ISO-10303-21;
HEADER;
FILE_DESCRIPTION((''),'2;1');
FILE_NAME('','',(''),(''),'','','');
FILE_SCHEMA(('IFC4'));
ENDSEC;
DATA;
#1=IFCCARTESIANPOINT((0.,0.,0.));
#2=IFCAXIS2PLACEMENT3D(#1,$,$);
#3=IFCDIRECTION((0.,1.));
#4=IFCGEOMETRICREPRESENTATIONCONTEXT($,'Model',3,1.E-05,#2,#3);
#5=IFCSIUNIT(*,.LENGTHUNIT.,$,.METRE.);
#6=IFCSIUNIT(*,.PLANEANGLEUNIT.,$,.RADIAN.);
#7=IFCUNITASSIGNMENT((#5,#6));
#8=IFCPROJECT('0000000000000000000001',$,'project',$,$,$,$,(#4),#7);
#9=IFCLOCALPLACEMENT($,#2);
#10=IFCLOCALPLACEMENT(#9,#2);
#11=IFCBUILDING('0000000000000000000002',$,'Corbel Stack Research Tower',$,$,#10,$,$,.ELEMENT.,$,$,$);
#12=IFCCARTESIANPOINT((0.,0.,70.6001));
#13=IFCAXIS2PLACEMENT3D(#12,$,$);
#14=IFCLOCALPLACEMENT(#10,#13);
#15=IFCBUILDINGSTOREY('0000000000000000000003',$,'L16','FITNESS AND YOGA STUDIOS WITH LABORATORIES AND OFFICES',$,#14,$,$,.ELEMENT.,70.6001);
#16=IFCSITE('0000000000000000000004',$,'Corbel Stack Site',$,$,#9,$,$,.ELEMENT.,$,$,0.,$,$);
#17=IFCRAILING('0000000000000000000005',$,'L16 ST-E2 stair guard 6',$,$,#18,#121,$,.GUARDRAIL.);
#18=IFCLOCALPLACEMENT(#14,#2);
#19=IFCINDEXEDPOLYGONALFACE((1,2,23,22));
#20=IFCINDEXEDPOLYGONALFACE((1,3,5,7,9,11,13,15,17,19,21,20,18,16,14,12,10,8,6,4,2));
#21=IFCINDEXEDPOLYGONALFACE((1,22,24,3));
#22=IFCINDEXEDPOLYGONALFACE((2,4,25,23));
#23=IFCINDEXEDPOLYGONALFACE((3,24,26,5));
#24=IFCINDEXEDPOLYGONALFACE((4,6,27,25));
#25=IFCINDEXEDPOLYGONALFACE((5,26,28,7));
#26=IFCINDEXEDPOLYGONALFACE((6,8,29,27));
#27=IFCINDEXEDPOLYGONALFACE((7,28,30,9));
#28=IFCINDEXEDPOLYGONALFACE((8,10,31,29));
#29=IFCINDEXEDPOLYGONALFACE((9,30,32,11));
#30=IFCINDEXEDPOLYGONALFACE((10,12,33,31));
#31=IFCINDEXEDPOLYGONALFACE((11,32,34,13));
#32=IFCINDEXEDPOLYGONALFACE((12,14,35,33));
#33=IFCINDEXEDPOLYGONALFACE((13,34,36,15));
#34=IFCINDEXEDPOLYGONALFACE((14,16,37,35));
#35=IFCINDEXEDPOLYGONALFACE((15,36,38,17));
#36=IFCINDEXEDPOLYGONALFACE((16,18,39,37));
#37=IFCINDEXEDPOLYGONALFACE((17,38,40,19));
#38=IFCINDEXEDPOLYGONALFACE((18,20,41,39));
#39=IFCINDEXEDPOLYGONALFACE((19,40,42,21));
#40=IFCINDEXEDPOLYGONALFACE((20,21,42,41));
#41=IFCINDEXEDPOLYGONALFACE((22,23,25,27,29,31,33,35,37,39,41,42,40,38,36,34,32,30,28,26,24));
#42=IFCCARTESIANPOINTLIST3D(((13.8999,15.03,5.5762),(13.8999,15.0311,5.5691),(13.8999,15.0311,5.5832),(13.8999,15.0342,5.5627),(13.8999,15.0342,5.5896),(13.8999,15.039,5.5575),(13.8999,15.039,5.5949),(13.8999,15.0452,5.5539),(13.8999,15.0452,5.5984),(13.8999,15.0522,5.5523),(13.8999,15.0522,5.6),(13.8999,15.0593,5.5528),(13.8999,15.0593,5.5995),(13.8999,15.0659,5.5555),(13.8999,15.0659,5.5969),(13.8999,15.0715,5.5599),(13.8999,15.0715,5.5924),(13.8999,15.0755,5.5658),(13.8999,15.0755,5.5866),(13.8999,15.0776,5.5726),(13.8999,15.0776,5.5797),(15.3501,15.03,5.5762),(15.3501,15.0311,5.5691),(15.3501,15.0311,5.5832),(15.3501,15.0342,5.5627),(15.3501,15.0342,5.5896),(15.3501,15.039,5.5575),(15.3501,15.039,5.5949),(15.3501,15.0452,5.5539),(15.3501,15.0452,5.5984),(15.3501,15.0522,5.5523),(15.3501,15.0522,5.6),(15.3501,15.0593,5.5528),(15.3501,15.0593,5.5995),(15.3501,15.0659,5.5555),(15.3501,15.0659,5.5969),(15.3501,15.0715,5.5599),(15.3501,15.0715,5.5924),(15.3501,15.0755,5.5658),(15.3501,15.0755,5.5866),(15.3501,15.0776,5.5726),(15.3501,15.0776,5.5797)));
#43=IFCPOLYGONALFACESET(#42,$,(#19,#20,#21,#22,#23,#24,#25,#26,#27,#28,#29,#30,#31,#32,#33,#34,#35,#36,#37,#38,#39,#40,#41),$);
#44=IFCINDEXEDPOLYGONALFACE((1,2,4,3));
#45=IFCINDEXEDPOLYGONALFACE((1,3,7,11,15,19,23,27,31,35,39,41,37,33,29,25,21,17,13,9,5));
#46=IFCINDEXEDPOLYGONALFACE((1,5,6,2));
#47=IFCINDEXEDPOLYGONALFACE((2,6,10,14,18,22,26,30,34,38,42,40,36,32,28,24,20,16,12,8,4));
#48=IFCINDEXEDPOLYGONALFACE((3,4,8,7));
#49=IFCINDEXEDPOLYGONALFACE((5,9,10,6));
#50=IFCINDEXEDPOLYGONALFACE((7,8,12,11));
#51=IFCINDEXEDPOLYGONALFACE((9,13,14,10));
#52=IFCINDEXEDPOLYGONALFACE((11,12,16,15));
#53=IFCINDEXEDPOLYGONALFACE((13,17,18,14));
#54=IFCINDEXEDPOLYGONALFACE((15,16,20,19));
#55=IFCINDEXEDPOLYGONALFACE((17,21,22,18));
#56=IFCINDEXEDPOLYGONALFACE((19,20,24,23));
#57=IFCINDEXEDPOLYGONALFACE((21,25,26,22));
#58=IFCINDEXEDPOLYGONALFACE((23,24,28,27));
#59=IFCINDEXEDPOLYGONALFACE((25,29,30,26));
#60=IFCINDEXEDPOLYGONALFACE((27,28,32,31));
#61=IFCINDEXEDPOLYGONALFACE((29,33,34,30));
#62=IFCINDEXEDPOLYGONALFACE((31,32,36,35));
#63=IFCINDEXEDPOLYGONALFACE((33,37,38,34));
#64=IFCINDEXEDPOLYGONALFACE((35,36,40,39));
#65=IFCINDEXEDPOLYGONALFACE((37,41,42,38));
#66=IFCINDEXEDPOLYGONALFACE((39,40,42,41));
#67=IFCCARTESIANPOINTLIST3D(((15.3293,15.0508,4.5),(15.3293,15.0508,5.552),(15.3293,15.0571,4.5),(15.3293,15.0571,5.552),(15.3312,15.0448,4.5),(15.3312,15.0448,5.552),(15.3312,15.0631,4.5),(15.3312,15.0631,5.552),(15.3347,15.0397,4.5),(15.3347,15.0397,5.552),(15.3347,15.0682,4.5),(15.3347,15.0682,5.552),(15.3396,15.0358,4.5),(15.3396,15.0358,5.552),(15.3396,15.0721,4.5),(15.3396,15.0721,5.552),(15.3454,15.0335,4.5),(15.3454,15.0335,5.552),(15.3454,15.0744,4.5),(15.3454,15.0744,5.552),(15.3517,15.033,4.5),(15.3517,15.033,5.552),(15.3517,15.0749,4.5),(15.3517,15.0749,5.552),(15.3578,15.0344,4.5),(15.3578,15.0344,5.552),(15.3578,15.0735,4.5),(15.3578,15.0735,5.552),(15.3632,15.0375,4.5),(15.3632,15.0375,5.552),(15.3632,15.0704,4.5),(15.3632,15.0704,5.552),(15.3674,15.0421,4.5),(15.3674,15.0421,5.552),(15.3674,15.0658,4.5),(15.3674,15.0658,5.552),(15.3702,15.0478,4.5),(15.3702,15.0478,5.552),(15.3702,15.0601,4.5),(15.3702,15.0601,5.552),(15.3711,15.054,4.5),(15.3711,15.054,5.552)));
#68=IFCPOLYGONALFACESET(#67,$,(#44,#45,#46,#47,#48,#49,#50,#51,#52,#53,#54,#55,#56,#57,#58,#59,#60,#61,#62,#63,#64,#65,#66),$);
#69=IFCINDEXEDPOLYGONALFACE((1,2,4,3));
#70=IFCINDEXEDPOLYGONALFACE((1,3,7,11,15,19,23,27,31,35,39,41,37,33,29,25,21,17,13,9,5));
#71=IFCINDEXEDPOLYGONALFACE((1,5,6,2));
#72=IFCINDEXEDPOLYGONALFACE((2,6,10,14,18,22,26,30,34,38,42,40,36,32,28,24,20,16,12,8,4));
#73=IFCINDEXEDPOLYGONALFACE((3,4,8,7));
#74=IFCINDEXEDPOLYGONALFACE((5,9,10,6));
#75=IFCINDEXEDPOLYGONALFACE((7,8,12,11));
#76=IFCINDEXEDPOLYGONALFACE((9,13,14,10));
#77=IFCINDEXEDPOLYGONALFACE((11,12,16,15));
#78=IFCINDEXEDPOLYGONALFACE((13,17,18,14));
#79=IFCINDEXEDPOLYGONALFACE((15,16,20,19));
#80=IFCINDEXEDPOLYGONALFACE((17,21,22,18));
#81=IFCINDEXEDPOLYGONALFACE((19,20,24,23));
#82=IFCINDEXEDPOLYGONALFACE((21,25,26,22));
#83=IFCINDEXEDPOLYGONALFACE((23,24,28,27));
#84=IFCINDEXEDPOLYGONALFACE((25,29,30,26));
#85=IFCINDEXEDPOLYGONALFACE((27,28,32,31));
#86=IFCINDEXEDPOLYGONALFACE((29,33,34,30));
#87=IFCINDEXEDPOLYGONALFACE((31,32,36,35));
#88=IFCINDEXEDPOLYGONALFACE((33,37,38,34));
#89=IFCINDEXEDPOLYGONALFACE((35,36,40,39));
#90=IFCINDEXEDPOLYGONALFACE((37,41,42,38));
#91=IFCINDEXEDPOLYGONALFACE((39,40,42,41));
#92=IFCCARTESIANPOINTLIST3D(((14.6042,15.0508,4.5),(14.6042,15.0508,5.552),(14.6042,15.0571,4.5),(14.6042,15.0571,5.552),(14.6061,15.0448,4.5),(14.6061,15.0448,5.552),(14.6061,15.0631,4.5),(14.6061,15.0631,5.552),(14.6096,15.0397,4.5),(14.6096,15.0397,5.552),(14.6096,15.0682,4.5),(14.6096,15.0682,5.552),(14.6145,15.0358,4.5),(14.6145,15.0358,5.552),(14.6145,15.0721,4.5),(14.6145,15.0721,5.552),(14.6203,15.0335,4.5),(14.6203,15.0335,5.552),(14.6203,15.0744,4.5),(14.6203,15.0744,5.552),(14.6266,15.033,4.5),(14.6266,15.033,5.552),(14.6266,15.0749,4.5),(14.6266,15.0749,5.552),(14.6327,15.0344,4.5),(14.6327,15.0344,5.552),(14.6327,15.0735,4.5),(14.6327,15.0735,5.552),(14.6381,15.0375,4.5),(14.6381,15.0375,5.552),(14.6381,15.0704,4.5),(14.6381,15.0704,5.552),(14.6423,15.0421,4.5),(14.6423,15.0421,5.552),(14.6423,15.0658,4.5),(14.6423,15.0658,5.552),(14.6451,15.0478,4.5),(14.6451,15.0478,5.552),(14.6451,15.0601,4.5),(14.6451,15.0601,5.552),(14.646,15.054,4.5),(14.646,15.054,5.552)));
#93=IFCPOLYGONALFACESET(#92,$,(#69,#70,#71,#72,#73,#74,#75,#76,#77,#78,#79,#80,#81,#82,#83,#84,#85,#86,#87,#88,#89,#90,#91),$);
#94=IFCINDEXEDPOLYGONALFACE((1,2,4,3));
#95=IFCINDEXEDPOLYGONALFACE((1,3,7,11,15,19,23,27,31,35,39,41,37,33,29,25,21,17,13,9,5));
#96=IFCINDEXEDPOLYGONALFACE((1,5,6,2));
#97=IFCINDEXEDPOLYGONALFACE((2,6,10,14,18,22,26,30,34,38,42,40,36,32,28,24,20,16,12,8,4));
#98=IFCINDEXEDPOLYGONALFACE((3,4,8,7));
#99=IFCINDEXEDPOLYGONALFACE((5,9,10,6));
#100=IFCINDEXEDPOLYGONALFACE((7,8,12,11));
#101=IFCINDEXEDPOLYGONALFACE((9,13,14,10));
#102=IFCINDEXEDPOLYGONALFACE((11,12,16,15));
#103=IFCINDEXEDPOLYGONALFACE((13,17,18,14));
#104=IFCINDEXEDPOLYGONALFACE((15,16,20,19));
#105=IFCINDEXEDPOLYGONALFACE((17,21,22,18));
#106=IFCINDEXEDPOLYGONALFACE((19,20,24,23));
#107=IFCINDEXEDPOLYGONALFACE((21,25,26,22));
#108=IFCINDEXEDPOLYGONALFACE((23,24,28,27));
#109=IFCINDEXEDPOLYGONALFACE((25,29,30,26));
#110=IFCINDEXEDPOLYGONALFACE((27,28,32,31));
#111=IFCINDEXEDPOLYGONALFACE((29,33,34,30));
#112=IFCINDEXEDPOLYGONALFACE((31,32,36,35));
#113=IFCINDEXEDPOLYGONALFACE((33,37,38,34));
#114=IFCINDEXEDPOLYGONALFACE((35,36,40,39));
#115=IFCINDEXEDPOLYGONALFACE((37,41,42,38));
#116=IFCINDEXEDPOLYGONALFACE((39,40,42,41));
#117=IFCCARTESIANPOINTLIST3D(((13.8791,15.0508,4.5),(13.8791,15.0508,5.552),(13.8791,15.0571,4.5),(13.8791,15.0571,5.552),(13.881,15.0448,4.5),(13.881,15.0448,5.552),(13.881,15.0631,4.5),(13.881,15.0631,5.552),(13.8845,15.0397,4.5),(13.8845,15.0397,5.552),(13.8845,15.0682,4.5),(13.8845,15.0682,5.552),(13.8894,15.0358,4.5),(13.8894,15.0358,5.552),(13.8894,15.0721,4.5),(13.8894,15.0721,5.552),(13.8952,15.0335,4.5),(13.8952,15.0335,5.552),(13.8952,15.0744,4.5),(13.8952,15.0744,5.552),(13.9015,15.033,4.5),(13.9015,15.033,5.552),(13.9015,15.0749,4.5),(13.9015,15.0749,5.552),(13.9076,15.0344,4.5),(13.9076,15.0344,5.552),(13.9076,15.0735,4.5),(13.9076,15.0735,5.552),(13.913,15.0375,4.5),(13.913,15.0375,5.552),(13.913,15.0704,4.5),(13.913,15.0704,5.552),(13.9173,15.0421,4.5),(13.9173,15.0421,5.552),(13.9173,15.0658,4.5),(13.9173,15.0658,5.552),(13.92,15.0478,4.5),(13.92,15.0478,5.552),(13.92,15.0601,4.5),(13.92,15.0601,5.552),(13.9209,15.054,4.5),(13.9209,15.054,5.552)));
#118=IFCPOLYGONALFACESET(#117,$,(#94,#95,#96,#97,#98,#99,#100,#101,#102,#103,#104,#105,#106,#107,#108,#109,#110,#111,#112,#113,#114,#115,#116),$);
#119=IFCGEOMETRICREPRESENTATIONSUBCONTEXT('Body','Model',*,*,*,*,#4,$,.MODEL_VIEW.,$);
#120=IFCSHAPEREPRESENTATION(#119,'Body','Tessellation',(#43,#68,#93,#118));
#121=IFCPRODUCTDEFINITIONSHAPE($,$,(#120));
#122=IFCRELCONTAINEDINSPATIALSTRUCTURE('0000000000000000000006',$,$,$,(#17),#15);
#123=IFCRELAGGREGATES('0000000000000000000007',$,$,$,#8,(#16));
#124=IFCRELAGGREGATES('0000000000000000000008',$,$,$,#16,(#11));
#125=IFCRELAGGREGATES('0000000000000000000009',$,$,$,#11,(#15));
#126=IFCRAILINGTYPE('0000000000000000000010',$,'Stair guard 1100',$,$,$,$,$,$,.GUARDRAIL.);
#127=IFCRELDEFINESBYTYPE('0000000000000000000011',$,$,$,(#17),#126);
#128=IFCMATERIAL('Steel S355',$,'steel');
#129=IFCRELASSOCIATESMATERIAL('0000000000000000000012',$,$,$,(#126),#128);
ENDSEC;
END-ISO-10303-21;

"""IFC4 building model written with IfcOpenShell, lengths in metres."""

from ifc_helpers import new_model, si_unit, direction, frame, origin, origin_2d, place, context, subcontext, project, spatial, circle, extrude, material, type_object, element, save


model = new_model("IFC4")

# Units and contexts
model_context = context("Model", 3, precision=1e-05, world=origin(), true_north=direction((0.0, 1.0)))
body_context = subcontext(model_context, "Body", "Model", "MODEL_VIEW")
ifc_project = project(units=[si_unit("LENGTHUNIT", "METRE"), si_unit("PLANEANGLEUNIT", "RADIAN")], contexts=[model_context])

# Site, building, storey
site_placement = place(None, origin())
site = spatial("IfcSite", under=ifc_project, at=site_placement, Name="Corbel Stack Site", CompositionType="ELEMENT", RefElevation=0.0)
building_placement = place(site_placement, origin())
building = spatial("IfcBuilding", under=site, at=building_placement, Name="Corbel Stack Research Tower", CompositionType="ELEMENT")
storey_placement = place(building_placement, frame((0.0, 0.0, 70.6001)))
storey = spatial("IfcBuildingStorey", under=building, at=storey_placement, Name="L16", Description="FITNESS AND YOGA STUDIOS WITH LABORATORIES AND OFFICES", CompositionType="ELEMENT", Elevation=70.6001)

# Railing
ifc_material_1 = material(Name="Steel S355", Category="steel")
railing_type_1 = type_object("IfcRailingType", Name="Stair guard 1100", PredefinedType="GUARDRAIL", material=ifc_material_1)
railing_1_placement = place(storey_placement, frame((15.3501, 15.054, 4.5)))
element("IfcRailing", 1, at=railing_1_placement, inside=storey, type_object=railing_type_1, Name="L16 ST-E2 stair guard 6", PredefinedType="GUARDRAIL", context=body_context, shape_type="SweptSolid", body=[
    extrude(circle(Radius=0.0239, at=origin_2d()), frame((0.0, 0.0, 1.0762), z_axis=(-1.0, 0.0, 0.0), x_axis=(0.0, -1.0, 0.0)), (0.0, 0.0, 1.0), 1.4502),
    extrude(circle(Radius=0.021, at=origin_2d()), origin(), (0.0, 0.0, 1.0), 1.052),
    extrude(circle(Radius=0.021, at=origin_2d()), frame((-0.7251, 0.0, 0.0)), (0.0, 0.0, 1.0), 1.052),
    extrude(circle(Radius=0.021, at=origin_2d()), frame((-1.4502, 0.0, 0.0)), (0.0, 0.0, 1.0), 1.052),
])

save(model, "model.ifc")
